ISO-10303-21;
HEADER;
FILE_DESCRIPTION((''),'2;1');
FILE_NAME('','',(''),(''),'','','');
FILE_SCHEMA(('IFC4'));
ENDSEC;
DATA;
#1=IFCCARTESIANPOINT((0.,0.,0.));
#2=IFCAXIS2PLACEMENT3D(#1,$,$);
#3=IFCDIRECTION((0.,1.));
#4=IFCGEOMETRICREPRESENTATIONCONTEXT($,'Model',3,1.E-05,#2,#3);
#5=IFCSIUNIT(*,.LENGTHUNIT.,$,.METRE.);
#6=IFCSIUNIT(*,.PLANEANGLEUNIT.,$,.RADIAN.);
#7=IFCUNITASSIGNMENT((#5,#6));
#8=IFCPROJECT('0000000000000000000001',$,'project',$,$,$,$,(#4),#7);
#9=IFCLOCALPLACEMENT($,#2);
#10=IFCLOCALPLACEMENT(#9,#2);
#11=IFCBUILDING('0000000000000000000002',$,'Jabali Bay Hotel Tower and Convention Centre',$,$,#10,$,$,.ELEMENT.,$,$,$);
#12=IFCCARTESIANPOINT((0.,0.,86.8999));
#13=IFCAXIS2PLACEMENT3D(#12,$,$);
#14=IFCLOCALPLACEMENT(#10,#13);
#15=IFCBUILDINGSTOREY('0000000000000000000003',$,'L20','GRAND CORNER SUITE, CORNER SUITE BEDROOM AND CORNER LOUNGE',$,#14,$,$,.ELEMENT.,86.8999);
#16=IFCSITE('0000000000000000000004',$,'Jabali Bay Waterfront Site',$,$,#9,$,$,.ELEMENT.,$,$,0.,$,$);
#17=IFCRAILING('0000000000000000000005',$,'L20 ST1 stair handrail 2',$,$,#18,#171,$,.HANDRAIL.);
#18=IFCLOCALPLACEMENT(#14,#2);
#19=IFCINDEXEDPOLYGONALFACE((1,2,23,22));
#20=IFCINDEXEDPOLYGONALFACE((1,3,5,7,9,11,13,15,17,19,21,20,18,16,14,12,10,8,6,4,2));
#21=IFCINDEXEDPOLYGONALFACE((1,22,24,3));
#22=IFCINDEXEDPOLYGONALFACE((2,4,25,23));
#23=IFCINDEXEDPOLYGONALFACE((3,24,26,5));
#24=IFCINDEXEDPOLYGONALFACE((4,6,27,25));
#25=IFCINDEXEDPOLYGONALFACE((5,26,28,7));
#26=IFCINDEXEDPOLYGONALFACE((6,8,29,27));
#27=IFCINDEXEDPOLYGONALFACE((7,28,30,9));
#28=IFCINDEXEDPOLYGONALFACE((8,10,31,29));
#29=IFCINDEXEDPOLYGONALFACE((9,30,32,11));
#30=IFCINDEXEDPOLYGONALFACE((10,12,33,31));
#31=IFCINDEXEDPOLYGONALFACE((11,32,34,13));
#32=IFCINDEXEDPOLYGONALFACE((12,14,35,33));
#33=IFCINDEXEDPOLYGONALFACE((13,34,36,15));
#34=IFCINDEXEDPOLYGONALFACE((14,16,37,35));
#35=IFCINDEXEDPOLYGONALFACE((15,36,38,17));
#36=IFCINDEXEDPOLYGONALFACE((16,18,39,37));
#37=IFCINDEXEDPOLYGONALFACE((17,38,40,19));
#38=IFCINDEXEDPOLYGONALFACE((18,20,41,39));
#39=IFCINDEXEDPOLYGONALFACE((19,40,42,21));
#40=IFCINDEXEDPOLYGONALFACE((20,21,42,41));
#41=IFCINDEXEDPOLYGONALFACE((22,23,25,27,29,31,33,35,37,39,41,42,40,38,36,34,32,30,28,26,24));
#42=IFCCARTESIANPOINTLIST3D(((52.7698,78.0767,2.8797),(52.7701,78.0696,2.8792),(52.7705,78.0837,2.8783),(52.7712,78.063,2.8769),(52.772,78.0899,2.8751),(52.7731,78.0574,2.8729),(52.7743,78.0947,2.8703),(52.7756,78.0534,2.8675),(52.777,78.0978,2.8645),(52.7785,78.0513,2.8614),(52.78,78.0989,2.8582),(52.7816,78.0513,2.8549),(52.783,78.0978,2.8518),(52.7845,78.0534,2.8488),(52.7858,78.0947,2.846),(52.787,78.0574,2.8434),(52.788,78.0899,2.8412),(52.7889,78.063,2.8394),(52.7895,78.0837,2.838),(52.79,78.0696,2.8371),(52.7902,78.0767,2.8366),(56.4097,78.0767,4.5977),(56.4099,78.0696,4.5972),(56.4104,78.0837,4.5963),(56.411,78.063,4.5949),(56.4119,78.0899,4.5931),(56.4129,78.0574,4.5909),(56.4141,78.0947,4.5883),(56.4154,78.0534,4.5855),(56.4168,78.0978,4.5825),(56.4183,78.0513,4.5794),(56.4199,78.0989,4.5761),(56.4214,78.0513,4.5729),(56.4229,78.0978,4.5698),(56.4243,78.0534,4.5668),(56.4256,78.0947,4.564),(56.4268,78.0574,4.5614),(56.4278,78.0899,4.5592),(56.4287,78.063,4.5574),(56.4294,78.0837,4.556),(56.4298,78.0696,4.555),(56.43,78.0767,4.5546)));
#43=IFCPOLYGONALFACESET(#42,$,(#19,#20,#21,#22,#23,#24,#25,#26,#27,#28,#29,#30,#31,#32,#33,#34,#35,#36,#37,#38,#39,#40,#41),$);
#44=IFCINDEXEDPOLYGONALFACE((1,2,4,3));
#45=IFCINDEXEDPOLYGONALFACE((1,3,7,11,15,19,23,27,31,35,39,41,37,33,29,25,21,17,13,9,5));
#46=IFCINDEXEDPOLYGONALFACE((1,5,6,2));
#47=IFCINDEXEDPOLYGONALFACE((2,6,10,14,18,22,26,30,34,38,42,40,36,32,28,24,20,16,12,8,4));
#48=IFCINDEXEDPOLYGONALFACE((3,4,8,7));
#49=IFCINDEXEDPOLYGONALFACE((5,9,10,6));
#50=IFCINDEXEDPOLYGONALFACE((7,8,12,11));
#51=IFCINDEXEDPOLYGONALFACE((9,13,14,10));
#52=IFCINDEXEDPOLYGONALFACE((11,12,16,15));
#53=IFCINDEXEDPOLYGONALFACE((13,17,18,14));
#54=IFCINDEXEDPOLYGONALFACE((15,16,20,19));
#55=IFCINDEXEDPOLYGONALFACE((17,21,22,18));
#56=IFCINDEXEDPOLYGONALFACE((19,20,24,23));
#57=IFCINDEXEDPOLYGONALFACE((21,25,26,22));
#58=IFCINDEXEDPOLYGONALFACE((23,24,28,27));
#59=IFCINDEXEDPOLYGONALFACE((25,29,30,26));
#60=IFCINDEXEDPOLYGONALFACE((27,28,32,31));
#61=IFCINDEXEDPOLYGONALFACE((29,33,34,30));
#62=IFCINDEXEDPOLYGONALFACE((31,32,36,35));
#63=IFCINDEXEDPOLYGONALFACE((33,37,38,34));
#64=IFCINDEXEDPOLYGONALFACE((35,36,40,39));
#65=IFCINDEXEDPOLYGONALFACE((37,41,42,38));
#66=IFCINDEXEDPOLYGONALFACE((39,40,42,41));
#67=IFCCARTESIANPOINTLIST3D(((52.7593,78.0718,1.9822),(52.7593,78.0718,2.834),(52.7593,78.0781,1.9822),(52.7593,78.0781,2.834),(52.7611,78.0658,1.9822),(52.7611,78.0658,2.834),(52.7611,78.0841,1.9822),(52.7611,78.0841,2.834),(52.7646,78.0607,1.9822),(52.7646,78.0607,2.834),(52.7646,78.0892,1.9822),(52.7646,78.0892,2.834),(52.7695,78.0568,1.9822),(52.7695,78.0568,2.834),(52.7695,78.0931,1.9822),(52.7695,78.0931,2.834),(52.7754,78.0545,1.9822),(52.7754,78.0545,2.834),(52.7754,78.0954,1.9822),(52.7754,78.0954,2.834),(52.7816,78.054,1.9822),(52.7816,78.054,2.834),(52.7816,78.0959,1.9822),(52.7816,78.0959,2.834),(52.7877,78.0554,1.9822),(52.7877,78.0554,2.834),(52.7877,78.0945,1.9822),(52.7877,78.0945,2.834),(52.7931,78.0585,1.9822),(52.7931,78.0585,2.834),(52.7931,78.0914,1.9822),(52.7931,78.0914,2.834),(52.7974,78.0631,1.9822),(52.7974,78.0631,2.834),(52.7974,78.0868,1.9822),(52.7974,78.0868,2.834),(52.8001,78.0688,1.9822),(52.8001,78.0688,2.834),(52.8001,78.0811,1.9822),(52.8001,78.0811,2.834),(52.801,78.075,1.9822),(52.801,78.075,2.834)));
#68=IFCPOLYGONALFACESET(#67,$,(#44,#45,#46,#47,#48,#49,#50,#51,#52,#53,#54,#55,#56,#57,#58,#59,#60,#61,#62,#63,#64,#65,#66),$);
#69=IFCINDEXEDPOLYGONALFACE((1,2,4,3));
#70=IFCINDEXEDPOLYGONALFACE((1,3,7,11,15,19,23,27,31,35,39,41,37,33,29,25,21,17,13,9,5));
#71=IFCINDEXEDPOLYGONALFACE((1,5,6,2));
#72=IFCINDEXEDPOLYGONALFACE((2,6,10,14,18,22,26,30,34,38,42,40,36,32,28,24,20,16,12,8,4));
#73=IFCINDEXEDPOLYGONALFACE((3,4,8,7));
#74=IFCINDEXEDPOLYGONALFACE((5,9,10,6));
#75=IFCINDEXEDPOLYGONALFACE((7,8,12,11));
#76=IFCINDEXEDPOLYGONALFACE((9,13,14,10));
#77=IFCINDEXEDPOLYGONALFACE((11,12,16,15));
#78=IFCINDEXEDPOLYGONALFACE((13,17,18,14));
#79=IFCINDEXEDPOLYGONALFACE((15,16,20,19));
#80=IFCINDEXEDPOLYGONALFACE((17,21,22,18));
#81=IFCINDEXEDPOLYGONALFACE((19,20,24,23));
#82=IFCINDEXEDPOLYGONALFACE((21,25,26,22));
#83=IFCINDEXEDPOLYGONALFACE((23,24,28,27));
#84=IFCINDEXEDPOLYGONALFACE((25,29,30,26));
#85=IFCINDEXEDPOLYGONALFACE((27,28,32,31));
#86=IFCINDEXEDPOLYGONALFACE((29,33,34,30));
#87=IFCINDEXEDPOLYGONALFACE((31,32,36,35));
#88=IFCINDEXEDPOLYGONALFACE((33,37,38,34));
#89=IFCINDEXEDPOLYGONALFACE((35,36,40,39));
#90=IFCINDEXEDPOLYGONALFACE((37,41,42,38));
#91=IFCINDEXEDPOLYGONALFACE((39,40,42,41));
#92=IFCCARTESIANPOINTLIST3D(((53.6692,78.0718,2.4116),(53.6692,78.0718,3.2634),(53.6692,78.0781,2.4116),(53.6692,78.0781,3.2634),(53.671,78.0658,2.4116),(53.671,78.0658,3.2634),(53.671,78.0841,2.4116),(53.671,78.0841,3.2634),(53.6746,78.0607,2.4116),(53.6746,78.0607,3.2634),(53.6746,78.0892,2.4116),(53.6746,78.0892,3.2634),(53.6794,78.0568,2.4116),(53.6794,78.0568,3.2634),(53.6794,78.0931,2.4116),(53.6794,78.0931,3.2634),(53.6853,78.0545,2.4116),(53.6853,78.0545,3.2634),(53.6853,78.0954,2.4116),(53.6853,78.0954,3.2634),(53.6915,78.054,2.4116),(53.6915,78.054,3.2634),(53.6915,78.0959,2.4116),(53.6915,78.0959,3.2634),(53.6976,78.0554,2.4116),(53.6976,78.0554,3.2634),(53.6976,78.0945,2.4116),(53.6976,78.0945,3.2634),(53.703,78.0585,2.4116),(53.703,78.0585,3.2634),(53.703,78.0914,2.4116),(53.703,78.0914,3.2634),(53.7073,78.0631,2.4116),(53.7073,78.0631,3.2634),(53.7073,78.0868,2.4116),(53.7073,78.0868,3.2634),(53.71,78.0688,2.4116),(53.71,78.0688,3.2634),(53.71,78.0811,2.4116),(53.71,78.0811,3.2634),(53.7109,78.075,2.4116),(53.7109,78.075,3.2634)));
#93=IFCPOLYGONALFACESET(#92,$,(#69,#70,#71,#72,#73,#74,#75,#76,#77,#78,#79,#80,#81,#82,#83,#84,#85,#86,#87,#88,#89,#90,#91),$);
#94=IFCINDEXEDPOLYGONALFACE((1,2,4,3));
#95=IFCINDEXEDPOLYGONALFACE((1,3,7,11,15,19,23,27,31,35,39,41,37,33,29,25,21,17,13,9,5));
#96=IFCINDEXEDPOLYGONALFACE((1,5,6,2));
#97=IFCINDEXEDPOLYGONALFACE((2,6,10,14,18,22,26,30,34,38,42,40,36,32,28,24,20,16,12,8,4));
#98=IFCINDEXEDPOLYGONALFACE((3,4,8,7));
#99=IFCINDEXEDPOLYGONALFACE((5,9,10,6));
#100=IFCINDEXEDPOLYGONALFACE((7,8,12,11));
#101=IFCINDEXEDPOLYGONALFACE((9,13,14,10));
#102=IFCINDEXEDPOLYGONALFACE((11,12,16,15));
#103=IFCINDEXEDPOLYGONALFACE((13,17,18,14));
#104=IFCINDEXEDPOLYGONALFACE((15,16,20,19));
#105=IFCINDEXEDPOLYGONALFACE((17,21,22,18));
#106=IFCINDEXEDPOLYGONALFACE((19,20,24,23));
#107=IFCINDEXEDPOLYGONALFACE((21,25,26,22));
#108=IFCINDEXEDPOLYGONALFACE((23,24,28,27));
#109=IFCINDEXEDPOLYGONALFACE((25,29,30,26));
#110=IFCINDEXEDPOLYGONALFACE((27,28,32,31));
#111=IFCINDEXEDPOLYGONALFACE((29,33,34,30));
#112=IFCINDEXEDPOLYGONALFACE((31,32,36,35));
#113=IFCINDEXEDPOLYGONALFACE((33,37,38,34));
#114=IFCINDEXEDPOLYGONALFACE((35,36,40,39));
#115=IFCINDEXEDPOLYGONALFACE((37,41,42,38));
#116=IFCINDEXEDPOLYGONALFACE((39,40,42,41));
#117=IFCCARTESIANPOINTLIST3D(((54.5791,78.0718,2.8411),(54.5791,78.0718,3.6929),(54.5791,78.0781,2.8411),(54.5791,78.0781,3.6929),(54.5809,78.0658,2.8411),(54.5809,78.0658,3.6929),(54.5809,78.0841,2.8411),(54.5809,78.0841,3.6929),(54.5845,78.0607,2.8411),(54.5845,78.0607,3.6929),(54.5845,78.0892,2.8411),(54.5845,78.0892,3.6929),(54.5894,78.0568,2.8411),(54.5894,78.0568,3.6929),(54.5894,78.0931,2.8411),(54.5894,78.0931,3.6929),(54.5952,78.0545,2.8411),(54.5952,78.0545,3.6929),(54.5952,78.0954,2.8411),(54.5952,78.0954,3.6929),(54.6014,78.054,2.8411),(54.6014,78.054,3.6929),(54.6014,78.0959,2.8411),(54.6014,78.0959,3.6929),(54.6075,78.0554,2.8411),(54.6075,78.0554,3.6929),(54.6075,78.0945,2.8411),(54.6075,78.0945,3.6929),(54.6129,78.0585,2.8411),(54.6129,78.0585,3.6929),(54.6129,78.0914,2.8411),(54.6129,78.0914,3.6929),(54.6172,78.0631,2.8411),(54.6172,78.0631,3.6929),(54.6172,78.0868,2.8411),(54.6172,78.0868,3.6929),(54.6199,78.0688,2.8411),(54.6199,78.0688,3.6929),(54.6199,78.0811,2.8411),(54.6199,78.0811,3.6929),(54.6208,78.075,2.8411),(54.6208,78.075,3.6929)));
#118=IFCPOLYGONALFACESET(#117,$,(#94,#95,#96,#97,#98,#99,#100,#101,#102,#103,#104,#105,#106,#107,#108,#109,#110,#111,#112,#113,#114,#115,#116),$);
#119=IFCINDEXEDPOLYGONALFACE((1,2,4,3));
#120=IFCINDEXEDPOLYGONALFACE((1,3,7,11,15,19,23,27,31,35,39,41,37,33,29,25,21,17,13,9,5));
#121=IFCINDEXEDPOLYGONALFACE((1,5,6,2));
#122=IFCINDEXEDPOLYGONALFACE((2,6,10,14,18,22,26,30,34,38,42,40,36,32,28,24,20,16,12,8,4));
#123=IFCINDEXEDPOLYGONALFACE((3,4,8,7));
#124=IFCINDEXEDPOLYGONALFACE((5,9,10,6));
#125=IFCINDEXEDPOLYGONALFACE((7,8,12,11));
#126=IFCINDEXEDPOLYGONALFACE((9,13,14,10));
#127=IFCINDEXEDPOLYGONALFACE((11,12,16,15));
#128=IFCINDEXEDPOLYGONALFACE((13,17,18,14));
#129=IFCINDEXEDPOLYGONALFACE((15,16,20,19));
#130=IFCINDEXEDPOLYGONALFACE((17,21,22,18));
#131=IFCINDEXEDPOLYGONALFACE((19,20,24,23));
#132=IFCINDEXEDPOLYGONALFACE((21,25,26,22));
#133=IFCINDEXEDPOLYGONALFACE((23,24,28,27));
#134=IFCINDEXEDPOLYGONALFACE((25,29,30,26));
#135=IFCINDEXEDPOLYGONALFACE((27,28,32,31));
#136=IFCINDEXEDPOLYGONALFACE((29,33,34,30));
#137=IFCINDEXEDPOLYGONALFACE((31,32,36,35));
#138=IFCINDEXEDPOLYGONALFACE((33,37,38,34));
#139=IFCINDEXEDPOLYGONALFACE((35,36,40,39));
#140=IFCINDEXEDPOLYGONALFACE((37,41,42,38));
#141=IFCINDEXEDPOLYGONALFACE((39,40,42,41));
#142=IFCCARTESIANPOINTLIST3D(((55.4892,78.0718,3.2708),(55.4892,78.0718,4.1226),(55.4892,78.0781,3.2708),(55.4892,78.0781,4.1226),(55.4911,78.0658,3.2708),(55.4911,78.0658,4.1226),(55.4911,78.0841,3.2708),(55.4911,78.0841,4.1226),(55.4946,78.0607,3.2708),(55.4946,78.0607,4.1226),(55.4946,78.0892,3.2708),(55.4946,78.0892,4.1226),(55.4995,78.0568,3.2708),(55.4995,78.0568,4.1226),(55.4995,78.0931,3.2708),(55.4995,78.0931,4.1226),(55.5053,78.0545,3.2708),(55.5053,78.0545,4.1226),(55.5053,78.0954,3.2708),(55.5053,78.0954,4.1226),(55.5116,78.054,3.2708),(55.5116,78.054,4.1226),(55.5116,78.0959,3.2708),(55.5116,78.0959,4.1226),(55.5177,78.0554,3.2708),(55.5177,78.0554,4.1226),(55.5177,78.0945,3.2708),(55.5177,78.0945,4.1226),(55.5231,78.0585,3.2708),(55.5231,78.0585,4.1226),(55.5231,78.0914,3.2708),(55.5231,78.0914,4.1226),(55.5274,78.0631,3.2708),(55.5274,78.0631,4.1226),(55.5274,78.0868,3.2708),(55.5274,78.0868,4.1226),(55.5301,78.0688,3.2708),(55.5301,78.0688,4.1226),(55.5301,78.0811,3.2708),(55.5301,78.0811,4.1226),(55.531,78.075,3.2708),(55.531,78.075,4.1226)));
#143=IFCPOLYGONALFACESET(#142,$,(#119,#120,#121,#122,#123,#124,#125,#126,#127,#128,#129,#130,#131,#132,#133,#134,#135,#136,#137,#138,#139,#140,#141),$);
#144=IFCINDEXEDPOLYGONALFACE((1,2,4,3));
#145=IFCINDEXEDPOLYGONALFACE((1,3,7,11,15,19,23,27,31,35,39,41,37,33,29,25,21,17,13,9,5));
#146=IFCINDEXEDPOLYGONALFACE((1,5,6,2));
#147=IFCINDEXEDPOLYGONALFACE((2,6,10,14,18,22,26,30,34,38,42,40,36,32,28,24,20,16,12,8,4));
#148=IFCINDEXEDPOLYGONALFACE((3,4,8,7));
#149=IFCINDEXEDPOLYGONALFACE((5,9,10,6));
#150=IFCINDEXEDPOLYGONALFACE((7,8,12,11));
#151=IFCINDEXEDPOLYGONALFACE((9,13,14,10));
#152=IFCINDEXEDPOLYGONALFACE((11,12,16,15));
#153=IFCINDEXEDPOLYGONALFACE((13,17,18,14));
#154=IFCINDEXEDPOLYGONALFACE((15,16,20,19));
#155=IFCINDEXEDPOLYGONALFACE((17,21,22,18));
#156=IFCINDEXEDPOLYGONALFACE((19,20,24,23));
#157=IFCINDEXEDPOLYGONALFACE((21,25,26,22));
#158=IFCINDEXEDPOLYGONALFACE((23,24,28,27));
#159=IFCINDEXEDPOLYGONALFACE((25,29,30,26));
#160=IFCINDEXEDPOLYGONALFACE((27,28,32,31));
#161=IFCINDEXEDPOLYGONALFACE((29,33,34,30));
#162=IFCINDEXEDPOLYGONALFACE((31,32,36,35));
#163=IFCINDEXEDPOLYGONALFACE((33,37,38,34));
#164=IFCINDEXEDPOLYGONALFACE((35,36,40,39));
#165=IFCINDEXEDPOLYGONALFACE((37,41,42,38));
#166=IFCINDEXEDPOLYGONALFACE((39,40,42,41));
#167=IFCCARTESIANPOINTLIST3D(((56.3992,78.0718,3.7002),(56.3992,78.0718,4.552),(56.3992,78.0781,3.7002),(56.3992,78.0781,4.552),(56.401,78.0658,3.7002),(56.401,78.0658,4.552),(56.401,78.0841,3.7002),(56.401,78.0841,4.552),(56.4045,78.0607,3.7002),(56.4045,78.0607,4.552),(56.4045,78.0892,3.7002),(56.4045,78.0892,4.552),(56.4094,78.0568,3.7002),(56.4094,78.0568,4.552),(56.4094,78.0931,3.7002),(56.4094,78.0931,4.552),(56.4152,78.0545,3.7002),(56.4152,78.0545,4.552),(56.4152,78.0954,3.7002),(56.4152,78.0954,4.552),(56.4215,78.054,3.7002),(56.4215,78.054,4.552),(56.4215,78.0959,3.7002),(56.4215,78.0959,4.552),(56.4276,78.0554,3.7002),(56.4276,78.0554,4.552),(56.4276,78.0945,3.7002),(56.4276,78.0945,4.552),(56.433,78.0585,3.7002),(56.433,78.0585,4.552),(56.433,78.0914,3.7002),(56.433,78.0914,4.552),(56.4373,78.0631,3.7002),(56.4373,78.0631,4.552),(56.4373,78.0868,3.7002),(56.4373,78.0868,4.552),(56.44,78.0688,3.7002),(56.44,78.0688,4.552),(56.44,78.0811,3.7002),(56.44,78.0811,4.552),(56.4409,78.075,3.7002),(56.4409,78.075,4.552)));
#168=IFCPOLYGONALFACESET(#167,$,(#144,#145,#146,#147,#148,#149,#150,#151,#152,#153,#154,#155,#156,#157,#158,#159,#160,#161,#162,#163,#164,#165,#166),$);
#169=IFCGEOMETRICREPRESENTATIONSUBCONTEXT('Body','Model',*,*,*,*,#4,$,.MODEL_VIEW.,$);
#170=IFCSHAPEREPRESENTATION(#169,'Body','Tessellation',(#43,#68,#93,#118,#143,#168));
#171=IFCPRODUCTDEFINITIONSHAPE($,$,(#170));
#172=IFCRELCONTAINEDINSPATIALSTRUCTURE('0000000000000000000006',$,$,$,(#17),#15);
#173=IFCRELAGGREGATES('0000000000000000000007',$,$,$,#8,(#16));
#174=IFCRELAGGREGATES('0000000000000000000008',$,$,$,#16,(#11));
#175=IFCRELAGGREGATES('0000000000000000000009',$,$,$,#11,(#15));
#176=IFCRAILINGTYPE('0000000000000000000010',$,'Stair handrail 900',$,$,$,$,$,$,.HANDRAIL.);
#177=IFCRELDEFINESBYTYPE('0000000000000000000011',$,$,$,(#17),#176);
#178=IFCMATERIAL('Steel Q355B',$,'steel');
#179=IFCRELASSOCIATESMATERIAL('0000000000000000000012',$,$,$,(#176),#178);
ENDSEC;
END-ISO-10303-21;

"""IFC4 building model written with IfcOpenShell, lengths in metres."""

from ifc_helpers import new_model, si_unit, direction, frame, origin, origin_2d, place, context, subcontext, project, spatial, circle, extrude, material, type_object, element, save


model = new_model("IFC4")

# Units and contexts
model_context = context("Model", 3, precision=1e-05, world=origin(), true_north=direction((0.0, 1.0)))
body_context = subcontext(model_context, "Body", "Model", "MODEL_VIEW")
ifc_project = project(units=[si_unit("LENGTHUNIT", "METRE"), si_unit("PLANEANGLEUNIT", "RADIAN")], contexts=[model_context])

# Site, building, storey
site_placement = place(None, origin())
site = spatial("IfcSite", under=ifc_project, at=site_placement, Name="Jabali Bay Waterfront Site", CompositionType="ELEMENT", RefElevation=0.0)
building_placement = place(site_placement, origin())
building = spatial("IfcBuilding", under=site, at=building_placement, Name="Jabali Bay Hotel Tower and Convention Centre", CompositionType="ELEMENT")
storey_placement = place(building_placement, frame((0.0, 0.0, 86.8999)))
storey = spatial("IfcBuildingStorey", under=building, at=storey_placement, Name="L20", Description="GRAND CORNER SUITE, CORNER SUITE BEDROOM AND CORNER LOUNGE", CompositionType="ELEMENT", Elevation=86.8999)

# Railing
ifc_material_1 = material(Name="Steel Q355B", Category="steel")
railing_type = type_object("IfcRailingType", Name="Stair handrail 900", PredefinedType="HANDRAIL", material=ifc_material_1)
railing_placement = place(storey_placement, frame((52.78, 78.075, 1.9822)))
element("IfcRailing", 1, at=railing_placement, inside=storey, type_object=railing_type, Name="L20 ST1 stair handrail 2", PredefinedType="HANDRAIL", context=body_context, shape_type="SweptSolid", body=[
    extrude(circle(Radius=0.0239, at=origin_2d()), frame((0.0, 0.0, 0.876), z_axis=(0.904327, 0.0, 0.42684), x_axis=(0.0, 1.0, 0.0)), (0.0, 0.0, 1.0), 4.0249),
    extrude(circle(Radius=0.021, at=origin_2d()), origin(), (0.0, 0.0, 1.0), 0.8518),
    extrude(circle(Radius=0.021, at=origin_2d()), frame((0.9099, 0.0, 0.4294)), (0.0, 0.0, 1.0), 0.8518),
    extrude(circle(Radius=0.021, at=origin_2d()), frame((1.8198, 0.0, 0.8589)), (0.0, 0.0, 1.0), 0.8518),
    extrude(circle(Radius=0.021, at=origin_2d()), frame((2.73, 0.0, 1.2886)), (0.0, 0.0, 1.0), 0.8518),
    extrude(circle(Radius=0.021, at=origin_2d()), frame((3.6399, 0.0, 1.718)), (0.0, 0.0, 1.0), 0.8518),
])

save(model, "model.ifc")
